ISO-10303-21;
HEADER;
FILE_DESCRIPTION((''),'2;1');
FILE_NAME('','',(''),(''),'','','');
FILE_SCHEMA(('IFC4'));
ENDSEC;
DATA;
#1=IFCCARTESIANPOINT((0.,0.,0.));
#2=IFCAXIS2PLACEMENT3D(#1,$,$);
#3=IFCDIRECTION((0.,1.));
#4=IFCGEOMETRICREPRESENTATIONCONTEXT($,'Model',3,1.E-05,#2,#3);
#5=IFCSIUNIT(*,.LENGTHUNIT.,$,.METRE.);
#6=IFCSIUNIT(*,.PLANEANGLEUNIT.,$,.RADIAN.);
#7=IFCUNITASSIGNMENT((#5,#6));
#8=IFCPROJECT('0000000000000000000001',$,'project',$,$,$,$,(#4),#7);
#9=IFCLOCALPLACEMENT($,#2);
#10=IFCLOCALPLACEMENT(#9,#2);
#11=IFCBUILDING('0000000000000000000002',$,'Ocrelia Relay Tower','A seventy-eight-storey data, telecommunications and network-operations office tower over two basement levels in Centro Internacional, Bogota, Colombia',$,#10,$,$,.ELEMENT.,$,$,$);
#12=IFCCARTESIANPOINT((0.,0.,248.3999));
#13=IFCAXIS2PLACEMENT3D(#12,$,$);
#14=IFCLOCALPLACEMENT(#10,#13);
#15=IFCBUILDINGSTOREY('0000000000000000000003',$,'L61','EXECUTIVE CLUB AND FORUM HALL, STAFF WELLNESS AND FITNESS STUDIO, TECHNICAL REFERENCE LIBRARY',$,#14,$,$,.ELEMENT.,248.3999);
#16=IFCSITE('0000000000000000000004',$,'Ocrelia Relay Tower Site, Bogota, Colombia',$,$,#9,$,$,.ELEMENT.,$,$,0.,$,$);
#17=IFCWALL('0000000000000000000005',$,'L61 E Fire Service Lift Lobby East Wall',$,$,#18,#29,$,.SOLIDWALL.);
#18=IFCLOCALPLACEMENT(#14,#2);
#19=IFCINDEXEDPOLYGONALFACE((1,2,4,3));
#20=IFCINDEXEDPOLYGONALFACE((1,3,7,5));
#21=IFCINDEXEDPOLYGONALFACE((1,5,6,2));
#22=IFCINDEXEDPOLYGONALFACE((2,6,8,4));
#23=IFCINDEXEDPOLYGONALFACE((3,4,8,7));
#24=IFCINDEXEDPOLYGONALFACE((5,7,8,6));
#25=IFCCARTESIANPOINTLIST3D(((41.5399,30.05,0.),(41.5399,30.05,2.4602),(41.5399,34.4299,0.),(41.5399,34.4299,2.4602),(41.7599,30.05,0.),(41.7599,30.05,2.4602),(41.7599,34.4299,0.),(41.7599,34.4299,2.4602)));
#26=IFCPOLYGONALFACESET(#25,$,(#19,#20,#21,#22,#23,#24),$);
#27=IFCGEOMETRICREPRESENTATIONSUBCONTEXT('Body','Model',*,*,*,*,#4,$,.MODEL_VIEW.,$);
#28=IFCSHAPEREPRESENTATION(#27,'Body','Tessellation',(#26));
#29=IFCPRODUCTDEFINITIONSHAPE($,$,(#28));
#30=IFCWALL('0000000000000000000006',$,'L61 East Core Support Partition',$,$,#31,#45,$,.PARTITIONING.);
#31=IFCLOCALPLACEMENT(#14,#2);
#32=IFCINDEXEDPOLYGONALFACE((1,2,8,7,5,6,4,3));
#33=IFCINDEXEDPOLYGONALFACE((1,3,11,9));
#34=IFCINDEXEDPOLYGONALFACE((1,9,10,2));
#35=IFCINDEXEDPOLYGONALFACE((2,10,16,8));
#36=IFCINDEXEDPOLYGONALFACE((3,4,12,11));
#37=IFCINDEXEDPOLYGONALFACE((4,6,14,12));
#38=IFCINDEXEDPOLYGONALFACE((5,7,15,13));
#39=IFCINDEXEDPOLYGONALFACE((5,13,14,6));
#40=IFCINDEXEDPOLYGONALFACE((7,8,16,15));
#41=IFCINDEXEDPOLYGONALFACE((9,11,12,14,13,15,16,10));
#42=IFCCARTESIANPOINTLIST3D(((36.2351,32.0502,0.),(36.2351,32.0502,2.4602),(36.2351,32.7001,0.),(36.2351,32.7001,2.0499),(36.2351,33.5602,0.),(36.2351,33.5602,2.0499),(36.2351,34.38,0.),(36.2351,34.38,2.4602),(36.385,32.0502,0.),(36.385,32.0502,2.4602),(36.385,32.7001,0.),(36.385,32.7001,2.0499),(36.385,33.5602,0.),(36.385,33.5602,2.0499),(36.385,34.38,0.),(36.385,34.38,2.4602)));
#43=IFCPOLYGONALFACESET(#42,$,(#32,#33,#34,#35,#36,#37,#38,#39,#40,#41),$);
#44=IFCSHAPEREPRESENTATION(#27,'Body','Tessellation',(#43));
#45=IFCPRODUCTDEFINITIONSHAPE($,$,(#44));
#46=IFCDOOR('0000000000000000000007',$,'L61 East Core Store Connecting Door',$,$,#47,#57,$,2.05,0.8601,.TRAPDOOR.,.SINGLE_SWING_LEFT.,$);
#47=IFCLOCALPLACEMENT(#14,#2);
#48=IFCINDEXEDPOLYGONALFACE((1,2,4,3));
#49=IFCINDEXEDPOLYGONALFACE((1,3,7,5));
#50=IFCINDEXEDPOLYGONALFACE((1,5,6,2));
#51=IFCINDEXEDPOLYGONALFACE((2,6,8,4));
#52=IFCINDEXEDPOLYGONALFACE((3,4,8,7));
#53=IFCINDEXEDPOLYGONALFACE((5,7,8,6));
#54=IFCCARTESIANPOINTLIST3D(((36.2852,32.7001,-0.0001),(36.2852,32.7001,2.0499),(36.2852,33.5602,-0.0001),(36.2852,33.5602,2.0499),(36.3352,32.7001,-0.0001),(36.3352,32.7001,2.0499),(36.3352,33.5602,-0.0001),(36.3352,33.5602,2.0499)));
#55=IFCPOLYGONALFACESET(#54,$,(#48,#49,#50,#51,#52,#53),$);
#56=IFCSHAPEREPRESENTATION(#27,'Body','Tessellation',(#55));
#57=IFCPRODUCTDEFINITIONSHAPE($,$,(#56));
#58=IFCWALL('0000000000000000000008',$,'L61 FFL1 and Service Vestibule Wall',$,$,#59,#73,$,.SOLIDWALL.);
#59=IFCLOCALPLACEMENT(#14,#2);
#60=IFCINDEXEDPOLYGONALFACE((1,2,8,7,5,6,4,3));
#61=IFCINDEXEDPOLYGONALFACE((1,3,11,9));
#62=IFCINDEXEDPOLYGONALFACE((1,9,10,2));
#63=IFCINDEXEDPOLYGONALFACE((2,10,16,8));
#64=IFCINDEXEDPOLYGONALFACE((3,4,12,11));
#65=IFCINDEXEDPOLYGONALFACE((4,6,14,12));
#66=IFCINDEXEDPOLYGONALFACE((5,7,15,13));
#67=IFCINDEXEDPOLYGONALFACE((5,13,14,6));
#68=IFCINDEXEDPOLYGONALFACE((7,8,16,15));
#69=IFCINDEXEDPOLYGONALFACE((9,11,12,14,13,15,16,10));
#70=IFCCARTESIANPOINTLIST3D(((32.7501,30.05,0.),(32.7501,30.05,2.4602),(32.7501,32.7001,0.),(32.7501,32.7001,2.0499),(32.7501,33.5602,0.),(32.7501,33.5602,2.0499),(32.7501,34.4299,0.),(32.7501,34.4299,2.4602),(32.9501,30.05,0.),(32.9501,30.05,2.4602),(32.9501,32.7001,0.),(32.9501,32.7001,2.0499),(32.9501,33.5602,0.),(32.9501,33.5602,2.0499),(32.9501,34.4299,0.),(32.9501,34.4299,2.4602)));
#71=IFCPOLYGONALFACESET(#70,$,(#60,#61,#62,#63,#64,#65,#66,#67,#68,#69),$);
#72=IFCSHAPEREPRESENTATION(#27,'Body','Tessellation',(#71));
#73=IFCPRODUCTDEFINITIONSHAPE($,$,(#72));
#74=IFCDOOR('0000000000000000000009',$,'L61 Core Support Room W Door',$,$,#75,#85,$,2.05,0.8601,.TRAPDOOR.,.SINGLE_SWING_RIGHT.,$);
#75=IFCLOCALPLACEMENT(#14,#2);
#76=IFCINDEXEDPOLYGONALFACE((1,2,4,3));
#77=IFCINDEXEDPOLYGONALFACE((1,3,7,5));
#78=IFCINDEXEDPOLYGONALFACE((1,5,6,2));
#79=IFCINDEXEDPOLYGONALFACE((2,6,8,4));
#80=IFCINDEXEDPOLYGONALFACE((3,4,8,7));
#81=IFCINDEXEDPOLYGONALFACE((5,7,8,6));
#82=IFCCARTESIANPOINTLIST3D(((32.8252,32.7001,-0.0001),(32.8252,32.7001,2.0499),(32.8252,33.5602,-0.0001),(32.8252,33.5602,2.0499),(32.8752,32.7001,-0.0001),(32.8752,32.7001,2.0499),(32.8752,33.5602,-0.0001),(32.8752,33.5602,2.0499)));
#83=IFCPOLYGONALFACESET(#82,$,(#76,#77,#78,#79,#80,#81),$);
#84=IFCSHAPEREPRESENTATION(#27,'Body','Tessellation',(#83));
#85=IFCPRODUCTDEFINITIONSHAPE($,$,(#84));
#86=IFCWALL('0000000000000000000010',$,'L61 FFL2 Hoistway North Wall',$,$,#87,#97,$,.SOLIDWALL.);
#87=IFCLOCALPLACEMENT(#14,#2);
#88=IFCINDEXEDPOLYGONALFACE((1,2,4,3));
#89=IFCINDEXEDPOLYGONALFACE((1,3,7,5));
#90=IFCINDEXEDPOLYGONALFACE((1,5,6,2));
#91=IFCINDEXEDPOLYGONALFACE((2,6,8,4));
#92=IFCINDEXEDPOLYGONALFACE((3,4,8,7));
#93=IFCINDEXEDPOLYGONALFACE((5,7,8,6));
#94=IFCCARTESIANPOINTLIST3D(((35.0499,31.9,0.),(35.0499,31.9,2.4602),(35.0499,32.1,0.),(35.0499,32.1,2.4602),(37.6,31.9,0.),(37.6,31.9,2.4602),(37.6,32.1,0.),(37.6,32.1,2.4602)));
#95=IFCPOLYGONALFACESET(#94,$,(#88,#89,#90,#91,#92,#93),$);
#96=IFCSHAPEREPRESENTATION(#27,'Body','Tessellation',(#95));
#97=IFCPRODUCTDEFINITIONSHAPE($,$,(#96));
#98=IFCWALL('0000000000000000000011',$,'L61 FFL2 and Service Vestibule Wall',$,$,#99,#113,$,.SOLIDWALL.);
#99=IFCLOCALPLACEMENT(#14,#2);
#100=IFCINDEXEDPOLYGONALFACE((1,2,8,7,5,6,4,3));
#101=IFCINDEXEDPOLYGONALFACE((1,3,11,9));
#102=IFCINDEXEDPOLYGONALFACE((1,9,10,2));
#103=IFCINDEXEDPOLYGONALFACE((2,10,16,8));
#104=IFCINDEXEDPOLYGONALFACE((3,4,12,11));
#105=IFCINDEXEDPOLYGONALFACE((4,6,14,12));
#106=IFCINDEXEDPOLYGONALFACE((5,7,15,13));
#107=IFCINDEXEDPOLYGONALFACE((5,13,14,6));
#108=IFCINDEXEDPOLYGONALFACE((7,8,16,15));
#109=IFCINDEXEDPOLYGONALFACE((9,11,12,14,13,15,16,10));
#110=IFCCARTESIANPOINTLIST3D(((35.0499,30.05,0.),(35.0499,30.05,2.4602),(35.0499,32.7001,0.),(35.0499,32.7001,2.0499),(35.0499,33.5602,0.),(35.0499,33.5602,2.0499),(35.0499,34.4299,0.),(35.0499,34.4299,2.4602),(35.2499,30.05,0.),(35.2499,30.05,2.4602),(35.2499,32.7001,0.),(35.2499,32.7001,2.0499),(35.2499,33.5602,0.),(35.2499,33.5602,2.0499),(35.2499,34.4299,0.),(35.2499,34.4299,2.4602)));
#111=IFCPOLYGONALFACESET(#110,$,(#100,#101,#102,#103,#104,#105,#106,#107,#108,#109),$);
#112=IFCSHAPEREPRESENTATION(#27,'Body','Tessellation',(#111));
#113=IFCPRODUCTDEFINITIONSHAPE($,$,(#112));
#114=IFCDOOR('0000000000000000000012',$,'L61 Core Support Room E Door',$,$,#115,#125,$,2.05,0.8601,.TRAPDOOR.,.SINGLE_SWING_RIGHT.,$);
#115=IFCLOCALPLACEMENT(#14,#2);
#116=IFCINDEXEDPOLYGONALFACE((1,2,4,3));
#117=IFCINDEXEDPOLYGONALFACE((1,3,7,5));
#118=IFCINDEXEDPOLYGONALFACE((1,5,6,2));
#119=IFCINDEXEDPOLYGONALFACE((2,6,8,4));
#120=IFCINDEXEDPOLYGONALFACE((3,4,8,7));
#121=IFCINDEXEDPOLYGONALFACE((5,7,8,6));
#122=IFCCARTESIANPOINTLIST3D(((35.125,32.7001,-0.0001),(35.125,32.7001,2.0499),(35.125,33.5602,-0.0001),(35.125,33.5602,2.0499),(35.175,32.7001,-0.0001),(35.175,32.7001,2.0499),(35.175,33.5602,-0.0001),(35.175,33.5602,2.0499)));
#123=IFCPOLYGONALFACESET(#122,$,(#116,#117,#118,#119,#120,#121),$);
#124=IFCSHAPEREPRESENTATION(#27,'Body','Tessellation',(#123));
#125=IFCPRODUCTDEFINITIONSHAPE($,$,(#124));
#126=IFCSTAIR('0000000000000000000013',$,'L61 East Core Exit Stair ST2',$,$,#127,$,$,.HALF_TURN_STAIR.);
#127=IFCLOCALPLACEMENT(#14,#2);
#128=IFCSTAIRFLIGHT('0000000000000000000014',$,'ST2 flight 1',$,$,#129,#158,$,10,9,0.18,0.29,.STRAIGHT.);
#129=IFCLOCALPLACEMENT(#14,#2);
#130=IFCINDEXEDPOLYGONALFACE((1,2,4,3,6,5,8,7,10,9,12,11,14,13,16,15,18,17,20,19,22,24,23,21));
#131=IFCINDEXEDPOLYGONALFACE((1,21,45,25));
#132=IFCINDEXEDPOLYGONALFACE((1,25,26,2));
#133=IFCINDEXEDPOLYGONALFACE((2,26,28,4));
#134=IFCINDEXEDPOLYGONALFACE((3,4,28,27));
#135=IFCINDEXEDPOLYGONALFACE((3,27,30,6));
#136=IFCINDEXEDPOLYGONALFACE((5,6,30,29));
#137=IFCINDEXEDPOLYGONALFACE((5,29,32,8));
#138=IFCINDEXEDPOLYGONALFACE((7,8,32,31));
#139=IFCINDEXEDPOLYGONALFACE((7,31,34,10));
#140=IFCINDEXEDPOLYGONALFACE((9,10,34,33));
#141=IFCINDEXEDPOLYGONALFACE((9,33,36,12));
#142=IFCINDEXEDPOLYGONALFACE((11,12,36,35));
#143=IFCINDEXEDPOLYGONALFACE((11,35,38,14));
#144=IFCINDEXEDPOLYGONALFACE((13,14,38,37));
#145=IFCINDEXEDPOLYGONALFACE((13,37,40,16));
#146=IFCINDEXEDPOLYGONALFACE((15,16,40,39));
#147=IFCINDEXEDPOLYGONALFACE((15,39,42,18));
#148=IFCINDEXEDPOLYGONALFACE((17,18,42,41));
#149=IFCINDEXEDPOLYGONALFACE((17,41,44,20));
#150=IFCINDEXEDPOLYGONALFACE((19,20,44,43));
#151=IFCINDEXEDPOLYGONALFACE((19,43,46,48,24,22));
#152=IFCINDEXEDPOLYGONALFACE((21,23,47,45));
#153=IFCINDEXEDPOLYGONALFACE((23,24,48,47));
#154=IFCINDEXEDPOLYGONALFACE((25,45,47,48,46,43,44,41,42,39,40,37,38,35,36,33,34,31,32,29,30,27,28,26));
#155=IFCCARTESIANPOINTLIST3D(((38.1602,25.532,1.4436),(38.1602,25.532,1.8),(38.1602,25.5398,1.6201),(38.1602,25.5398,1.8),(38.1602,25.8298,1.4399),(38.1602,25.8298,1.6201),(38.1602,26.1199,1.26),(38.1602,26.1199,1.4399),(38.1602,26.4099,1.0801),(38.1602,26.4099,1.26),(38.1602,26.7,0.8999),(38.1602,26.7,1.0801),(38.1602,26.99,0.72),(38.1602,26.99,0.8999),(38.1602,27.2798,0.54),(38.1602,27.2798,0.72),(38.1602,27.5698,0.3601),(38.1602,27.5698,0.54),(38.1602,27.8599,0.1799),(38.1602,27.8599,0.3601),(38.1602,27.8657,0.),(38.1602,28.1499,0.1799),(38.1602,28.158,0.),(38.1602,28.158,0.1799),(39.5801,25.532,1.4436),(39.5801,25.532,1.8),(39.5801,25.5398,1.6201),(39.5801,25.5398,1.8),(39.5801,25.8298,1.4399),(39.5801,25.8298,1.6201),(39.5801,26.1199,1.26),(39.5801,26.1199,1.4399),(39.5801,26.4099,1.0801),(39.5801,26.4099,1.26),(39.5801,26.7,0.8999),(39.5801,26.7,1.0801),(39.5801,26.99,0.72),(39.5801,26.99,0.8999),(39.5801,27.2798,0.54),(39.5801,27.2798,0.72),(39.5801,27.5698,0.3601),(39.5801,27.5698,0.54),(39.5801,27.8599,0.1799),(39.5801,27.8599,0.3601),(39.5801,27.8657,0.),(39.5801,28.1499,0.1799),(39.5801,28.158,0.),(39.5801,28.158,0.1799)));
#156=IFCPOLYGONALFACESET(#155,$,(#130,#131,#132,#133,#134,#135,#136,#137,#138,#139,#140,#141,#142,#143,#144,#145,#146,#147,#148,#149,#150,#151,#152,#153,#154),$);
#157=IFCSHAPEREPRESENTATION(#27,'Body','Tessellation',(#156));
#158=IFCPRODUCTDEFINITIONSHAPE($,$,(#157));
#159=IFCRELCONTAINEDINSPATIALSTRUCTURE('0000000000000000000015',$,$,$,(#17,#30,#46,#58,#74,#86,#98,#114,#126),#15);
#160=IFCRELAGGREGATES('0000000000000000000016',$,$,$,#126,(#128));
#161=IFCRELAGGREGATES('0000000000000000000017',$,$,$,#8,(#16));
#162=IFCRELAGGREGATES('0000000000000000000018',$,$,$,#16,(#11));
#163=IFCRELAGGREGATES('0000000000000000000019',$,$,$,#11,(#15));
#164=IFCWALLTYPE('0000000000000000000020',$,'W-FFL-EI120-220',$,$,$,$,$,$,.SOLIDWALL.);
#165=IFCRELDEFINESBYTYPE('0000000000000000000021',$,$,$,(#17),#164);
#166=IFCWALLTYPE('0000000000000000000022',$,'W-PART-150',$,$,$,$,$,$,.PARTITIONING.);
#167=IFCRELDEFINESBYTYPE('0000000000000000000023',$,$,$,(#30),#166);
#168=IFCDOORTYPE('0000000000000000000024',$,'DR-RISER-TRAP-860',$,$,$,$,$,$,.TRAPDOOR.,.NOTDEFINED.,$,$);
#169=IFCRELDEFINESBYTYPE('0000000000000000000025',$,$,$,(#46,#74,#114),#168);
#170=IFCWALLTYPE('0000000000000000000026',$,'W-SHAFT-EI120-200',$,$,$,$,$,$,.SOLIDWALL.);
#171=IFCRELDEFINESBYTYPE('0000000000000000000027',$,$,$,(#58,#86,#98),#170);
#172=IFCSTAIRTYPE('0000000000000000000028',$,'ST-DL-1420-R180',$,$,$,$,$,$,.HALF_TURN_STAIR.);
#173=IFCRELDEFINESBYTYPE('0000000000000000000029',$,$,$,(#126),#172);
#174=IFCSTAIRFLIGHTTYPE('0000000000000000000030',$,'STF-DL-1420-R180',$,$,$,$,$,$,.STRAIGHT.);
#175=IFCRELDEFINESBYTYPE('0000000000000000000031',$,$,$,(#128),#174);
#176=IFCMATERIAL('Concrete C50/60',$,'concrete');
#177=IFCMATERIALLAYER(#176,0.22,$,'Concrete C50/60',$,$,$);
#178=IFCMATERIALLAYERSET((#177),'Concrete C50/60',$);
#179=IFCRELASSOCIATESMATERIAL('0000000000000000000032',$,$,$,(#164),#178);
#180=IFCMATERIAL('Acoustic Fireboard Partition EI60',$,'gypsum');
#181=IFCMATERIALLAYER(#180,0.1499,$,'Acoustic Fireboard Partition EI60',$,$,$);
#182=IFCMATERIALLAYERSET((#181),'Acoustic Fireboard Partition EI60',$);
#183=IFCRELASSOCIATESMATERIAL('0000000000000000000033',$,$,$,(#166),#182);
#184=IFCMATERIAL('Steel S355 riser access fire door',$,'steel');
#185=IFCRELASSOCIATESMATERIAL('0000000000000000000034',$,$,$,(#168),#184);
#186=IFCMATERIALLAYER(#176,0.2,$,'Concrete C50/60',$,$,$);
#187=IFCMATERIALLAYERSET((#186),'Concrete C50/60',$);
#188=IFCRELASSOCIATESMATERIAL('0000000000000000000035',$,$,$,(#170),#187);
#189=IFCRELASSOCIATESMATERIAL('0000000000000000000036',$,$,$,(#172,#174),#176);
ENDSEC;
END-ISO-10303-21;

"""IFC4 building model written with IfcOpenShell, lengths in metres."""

from ifc_helpers import new_model, si_unit, direction, frame, frame_2d, origin, place, context, subcontext, project, spatial, polyline, rectangle, outline, extrude, material, layer, layer_set, type_object, element, fill, aggregate, save


model = new_model("IFC4")

# Units and contexts
model_context = context("Model", 3, precision=1e-05, world=origin(), true_north=direction((0.0, 1.0)))
body_context = subcontext(model_context, "Body", "Model", "MODEL_VIEW")
ifc_project = project(units=[si_unit("LENGTHUNIT", "METRE"), si_unit("PLANEANGLEUNIT", "RADIAN")], contexts=[model_context])

# Site, building, storey
site_placement = place(None, origin())
site = spatial("IfcSite", under=ifc_project, at=site_placement, Name="Ocrelia Relay Tower Site, Bogota, Colombia", CompositionType="ELEMENT", RefElevation=0.0)
building_placement = place(site_placement, origin())
building = spatial("IfcBuilding", under=site, at=building_placement, Name="Ocrelia Relay Tower", Description="A seventy-eight-storey data, telecommunications and network-operations office tower over two basement levels in Centro Internacional, Bogota, Colombia", CompositionType="ELEMENT")
storey_placement = place(building_placement, frame((0.0, 0.0, 248.3999)))
storey = spatial("IfcBuildingStorey", under=building, at=storey_placement, Name="L61", Description="EXECUTIVE CLUB AND FORUM HALL, STAFF WELLNESS AND FITNESS STUDIO, TECHNICAL REFERENCE LIBRARY", CompositionType="ELEMENT", Elevation=248.3999)

# Shared definitions
ifc_material_1 = material(Name="Concrete C50/60", Category="concrete")
ifc_layer_1 = layer(ifc_material_1, 0.22, Name="Concrete C50/60")
ifc_layer_set_1 = layer_set([ifc_layer_1], Name="Concrete C50/60")
wall_type_1 = type_object("IfcWallType", Name="W-FFL-EI120-220", PredefinedType="SOLIDWALL", material=ifc_layer_set_1)

# Wall
wall_1_placement = place(storey_placement, frame((41.6499, 30.05, 0.0), z_axis=(0.0, 0.0, 1.0), x_axis=(0.0, 1.0, 0.0)))
element("IfcWall", 1, at=wall_1_placement, inside=storey, type_object=wall_type_1, Name="L61 E Fire Service Lift Lobby East Wall", PredefinedType="SOLIDWALL", context=body_context, shape_type="SweptSolid", body=[
    extrude(rectangle(XDim=4.3799, YDim=0.22, at=frame_2d((2.1899, 0.0))), origin(), (0.0, 0.0, 1.0), 2.4602),
])

# Walls, openings, doors
ifc_material_2 = material(Name="Acoustic Fireboard Partition EI60", Category="gypsum")
ifc_layer_2 = layer(ifc_material_2, 0.1499, Name="Acoustic Fireboard Partition EI60")
ifc_layer_set_2 = layer_set([ifc_layer_2], Name="Acoustic Fireboard Partition EI60")
wall_type_2 = type_object("IfcWallType", Name="W-PART-150", PredefinedType="PARTITIONING", material=ifc_layer_set_2)
wall_2_placement = place(storey_placement, frame((36.3101, 32.05, 0.0), z_axis=(0.0, 0.0, 1.0), x_axis=(0.0, 1.0, 0.0)))
wall_2 = element("IfcWall", 2, at=wall_2_placement, inside=storey, type_object=wall_type_2, Name="L61 East Core Support Partition", PredefinedType="PARTITIONING", context=body_context, shape_type="SweptSolid", body=[
    extrude(rectangle(XDim=2.3298, YDim=0.1499, at=frame_2d((1.165, 0.0))), origin(), (0.0, 0.0, 1.0), 2.4602),
])
opening_1_placement = place(wall_2_placement, frame((0.6499, 0.0, 0.0)))
opening_1 = element("IfcOpeningElement", 3, at=opening_1_placement, cuts=wall_2, PredefinedType="OPENING", context=body_context, shape_type="SweptSolid", body=[
    extrude(rectangle(XDim=0.8601, YDim=2.05, at=frame_2d((0.4302, 1.0249))), frame((0.0, 0.085, 0.0), z_axis=(0.0, -1.0, 0.0), x_axis=(1.0, 0.0, 0.0)), (0.0, 0.0, 1.0), 0.1699),
])
ifc_material_3 = material(Name="Steel S355 riser access fire door", Category="steel")
door_type_1 = type_object("IfcDoorType", Name="DR-RISER-TRAP-860", OperationType="NOTDEFINED", PredefinedType="TRAPDOOR", material=ifc_material_3)
door_1_placement = place(opening_1_placement, origin())
door_1 = element("IfcDoor", 4, at=door_1_placement, inside=storey, type_object=door_type_1, Name="L61 East Core Store Connecting Door", OperationType="SINGLE_SWING_LEFT", OverallHeight=2.05, OverallWidth=0.8601, PredefinedType="TRAPDOOR", context=body_context, shape_type="SweptSolid", body=[
    extrude(rectangle(XDim=0.8601, YDim=2.05, at=frame_2d((0.4302, 1.0249))), frame((0.0, 0.0249, 0.0), z_axis=(0.0, -1.0, 0.0), x_axis=(1.0, 0.0, 0.0)), (0.0, 0.0, 1.0), 0.05),
])
fill(opening_1, door_1)
ifc_layer_3 = layer(ifc_material_1, 0.2, Name="Concrete C50/60")
ifc_layer_set_3 = layer_set([ifc_layer_3], Name="Concrete C50/60")
wall_type_3 = type_object("IfcWallType", Name="W-SHAFT-EI120-200", PredefinedType="SOLIDWALL", material=ifc_layer_set_3)
wall_3_placement = place(storey_placement, frame((32.8501, 30.05, 0.0), z_axis=(0.0, 0.0, 1.0), x_axis=(0.0, 1.0, 0.0)))
wall_3 = element("IfcWall", 5, at=wall_3_placement, inside=storey, type_object=wall_type_3, Name="L61 FFL1 and Service Vestibule Wall", PredefinedType="SOLIDWALL", context=body_context, shape_type="SweptSolid", body=[
    extrude(rectangle(XDim=4.3799, YDim=0.2, at=frame_2d((2.1899, 0.0))), origin(), (0.0, 0.0, 1.0), 2.4602),
])
opening_2_placement = place(wall_3_placement, frame((2.6499, 0.0, 0.0)))
opening_2 = element("IfcOpeningElement", 6, at=opening_2_placement, cuts=wall_3, PredefinedType="OPENING", context=body_context, shape_type="SweptSolid", body=[
    extrude(rectangle(XDim=0.8601, YDim=2.05, at=frame_2d((0.4302, 1.0249))), frame((0.0, 0.1099, 0.0), z_axis=(0.0, -1.0, 0.0), x_axis=(1.0, 0.0, 0.0)), (0.0, 0.0, 1.0), 0.22),
])
door_2_placement = place(opening_2_placement, origin())
door_2 = element("IfcDoor", 7, at=door_2_placement, inside=storey, type_object=door_type_1, Name="L61 Core Support Room W Door", OperationType="SINGLE_SWING_RIGHT", OverallHeight=2.05, OverallWidth=0.8601, PredefinedType="TRAPDOOR", context=body_context, shape_type="SweptSolid", body=[
    extrude(rectangle(XDim=0.8601, YDim=2.05, at=frame_2d((0.4302, 1.0249))), frame((0.0, 0.0249, 0.0), z_axis=(0.0, -1.0, 0.0), x_axis=(1.0, 0.0, 0.0)), (0.0, 0.0, 1.0), 0.05),
])
fill(opening_2, door_2)

# Wall
wall_4_placement = place(storey_placement, frame((35.05, 32.0, 0.0), z_axis=(0.0, 0.0, 1.0), x_axis=(1.0, 0.0, 0.0)))
element("IfcWall", 8, at=wall_4_placement, inside=storey, type_object=wall_type_3, Name="L61 FFL2 Hoistway North Wall", PredefinedType="SOLIDWALL", context=body_context, shape_type="SweptSolid", body=[
    extrude(rectangle(XDim=2.55, YDim=0.2, at=frame_2d((1.2749, 0.0))), origin(), (0.0, 0.0, 1.0), 2.4602),
])

# Wall, opening, door
wall_5_placement = place(storey_placement, frame((35.1499, 30.05, 0.0), z_axis=(0.0, 0.0, 1.0), x_axis=(0.0, 1.0, 0.0)))
wall_5 = element("IfcWall", 9, at=wall_5_placement, inside=storey, type_object=wall_type_3, Name="L61 FFL2 and Service Vestibule Wall", PredefinedType="SOLIDWALL", context=body_context, shape_type="SweptSolid", body=[
    extrude(rectangle(XDim=4.3799, YDim=0.2, at=frame_2d((2.1899, 0.0))), origin(), (0.0, 0.0, 1.0), 2.4602),
])
opening_3_placement = place(wall_5_placement, frame((2.6499, 0.0, 0.0)))
opening_3 = element("IfcOpeningElement", 10, at=opening_3_placement, cuts=wall_5, PredefinedType="OPENING", context=body_context, shape_type="SweptSolid", body=[
    extrude(rectangle(XDim=0.8601, YDim=2.05, at=frame_2d((0.4302, 1.0249))), frame((0.0, 0.1099, 0.0), z_axis=(0.0, -1.0, 0.0), x_axis=(1.0, 0.0, 0.0)), (0.0, 0.0, 1.0), 0.22),
])
door_3_placement = place(opening_3_placement, origin())
door_3 = element("IfcDoor", 11, at=door_3_placement, inside=storey, type_object=door_type_1, Name="L61 Core Support Room E Door", OperationType="SINGLE_SWING_RIGHT", OverallHeight=2.05, OverallWidth=0.8601, PredefinedType="TRAPDOOR", context=body_context, shape_type="SweptSolid", body=[
    extrude(rectangle(XDim=0.8601, YDim=2.05, at=frame_2d((0.4302, 1.0249))), frame((0.0, 0.0249, 0.0), z_axis=(0.0, -1.0, 0.0), x_axis=(1.0, 0.0, 0.0)), (0.0, 0.0, 1.0), 0.05),
])
fill(opening_3, door_3)

# Stair, stair flight
stair_type = type_object("IfcStairType", Name="ST-DL-1420-R180", PredefinedType="HALF_TURN_STAIR", material=ifc_material_1)
stair_placement = place(storey_placement, origin())
stair = element("IfcStair", 12, at=stair_placement, inside=storey, type_object=stair_type, Name="L61 East Core Exit Stair ST2", PredefinedType="HALF_TURN_STAIR")
stair_flight_type = type_object("IfcStairFlightType", Name="STF-DL-1420-R180", PredefinedType="STRAIGHT", material=ifc_material_1)
stair_flight_placement = place(storey_placement, frame((38.8701, 28.1499, 0.0), z_axis=(0.0, 0.0, 1.0), x_axis=(0.0, -1.0, 0.0)))
stair_flight = element("IfcStairFlight", 13, at=stair_flight_placement, type_object=stair_flight_type, Name="ST2 flight 1", NumberOfRisers=10, NumberOfTreads=9, PredefinedType="STRAIGHT", RiserHeight=0.18, TreadLength=0.29, context=body_context, shape_type="SweptSolid", body=[
    extrude(outline(polyline([(-0.0081, 0.0), (-0.0081, 0.1799), (0.0, 0.1799), (0.29, 0.1799), (0.29, 0.3601), (0.5801, 0.3601), (0.5801, 0.54), (0.8701, 0.54), (0.8701, 0.72), (1.1599, 0.72), (1.1599, 0.8999), (1.45, 0.8999), (1.45, 1.0801), (1.74, 1.0801), (1.74, 1.26), (2.03, 1.26), (2.03, 1.4399), (2.3201, 1.4399), (2.3201, 1.6201), (2.6101, 1.6201), (2.6101, 1.8), (2.6179, 1.8), (2.6179, 1.4436), (0.2842, 0.0), (-0.0081, 0.0)])), frame((0.0, 0.71, 0.0), z_axis=(0.0, -1.0, 0.0), x_axis=(1.0, 0.0, 0.0)), (0.0, 0.0, 1.0), 1.4199),
])
aggregate(stair, [stair_flight])

save(model, "model.ifc")
